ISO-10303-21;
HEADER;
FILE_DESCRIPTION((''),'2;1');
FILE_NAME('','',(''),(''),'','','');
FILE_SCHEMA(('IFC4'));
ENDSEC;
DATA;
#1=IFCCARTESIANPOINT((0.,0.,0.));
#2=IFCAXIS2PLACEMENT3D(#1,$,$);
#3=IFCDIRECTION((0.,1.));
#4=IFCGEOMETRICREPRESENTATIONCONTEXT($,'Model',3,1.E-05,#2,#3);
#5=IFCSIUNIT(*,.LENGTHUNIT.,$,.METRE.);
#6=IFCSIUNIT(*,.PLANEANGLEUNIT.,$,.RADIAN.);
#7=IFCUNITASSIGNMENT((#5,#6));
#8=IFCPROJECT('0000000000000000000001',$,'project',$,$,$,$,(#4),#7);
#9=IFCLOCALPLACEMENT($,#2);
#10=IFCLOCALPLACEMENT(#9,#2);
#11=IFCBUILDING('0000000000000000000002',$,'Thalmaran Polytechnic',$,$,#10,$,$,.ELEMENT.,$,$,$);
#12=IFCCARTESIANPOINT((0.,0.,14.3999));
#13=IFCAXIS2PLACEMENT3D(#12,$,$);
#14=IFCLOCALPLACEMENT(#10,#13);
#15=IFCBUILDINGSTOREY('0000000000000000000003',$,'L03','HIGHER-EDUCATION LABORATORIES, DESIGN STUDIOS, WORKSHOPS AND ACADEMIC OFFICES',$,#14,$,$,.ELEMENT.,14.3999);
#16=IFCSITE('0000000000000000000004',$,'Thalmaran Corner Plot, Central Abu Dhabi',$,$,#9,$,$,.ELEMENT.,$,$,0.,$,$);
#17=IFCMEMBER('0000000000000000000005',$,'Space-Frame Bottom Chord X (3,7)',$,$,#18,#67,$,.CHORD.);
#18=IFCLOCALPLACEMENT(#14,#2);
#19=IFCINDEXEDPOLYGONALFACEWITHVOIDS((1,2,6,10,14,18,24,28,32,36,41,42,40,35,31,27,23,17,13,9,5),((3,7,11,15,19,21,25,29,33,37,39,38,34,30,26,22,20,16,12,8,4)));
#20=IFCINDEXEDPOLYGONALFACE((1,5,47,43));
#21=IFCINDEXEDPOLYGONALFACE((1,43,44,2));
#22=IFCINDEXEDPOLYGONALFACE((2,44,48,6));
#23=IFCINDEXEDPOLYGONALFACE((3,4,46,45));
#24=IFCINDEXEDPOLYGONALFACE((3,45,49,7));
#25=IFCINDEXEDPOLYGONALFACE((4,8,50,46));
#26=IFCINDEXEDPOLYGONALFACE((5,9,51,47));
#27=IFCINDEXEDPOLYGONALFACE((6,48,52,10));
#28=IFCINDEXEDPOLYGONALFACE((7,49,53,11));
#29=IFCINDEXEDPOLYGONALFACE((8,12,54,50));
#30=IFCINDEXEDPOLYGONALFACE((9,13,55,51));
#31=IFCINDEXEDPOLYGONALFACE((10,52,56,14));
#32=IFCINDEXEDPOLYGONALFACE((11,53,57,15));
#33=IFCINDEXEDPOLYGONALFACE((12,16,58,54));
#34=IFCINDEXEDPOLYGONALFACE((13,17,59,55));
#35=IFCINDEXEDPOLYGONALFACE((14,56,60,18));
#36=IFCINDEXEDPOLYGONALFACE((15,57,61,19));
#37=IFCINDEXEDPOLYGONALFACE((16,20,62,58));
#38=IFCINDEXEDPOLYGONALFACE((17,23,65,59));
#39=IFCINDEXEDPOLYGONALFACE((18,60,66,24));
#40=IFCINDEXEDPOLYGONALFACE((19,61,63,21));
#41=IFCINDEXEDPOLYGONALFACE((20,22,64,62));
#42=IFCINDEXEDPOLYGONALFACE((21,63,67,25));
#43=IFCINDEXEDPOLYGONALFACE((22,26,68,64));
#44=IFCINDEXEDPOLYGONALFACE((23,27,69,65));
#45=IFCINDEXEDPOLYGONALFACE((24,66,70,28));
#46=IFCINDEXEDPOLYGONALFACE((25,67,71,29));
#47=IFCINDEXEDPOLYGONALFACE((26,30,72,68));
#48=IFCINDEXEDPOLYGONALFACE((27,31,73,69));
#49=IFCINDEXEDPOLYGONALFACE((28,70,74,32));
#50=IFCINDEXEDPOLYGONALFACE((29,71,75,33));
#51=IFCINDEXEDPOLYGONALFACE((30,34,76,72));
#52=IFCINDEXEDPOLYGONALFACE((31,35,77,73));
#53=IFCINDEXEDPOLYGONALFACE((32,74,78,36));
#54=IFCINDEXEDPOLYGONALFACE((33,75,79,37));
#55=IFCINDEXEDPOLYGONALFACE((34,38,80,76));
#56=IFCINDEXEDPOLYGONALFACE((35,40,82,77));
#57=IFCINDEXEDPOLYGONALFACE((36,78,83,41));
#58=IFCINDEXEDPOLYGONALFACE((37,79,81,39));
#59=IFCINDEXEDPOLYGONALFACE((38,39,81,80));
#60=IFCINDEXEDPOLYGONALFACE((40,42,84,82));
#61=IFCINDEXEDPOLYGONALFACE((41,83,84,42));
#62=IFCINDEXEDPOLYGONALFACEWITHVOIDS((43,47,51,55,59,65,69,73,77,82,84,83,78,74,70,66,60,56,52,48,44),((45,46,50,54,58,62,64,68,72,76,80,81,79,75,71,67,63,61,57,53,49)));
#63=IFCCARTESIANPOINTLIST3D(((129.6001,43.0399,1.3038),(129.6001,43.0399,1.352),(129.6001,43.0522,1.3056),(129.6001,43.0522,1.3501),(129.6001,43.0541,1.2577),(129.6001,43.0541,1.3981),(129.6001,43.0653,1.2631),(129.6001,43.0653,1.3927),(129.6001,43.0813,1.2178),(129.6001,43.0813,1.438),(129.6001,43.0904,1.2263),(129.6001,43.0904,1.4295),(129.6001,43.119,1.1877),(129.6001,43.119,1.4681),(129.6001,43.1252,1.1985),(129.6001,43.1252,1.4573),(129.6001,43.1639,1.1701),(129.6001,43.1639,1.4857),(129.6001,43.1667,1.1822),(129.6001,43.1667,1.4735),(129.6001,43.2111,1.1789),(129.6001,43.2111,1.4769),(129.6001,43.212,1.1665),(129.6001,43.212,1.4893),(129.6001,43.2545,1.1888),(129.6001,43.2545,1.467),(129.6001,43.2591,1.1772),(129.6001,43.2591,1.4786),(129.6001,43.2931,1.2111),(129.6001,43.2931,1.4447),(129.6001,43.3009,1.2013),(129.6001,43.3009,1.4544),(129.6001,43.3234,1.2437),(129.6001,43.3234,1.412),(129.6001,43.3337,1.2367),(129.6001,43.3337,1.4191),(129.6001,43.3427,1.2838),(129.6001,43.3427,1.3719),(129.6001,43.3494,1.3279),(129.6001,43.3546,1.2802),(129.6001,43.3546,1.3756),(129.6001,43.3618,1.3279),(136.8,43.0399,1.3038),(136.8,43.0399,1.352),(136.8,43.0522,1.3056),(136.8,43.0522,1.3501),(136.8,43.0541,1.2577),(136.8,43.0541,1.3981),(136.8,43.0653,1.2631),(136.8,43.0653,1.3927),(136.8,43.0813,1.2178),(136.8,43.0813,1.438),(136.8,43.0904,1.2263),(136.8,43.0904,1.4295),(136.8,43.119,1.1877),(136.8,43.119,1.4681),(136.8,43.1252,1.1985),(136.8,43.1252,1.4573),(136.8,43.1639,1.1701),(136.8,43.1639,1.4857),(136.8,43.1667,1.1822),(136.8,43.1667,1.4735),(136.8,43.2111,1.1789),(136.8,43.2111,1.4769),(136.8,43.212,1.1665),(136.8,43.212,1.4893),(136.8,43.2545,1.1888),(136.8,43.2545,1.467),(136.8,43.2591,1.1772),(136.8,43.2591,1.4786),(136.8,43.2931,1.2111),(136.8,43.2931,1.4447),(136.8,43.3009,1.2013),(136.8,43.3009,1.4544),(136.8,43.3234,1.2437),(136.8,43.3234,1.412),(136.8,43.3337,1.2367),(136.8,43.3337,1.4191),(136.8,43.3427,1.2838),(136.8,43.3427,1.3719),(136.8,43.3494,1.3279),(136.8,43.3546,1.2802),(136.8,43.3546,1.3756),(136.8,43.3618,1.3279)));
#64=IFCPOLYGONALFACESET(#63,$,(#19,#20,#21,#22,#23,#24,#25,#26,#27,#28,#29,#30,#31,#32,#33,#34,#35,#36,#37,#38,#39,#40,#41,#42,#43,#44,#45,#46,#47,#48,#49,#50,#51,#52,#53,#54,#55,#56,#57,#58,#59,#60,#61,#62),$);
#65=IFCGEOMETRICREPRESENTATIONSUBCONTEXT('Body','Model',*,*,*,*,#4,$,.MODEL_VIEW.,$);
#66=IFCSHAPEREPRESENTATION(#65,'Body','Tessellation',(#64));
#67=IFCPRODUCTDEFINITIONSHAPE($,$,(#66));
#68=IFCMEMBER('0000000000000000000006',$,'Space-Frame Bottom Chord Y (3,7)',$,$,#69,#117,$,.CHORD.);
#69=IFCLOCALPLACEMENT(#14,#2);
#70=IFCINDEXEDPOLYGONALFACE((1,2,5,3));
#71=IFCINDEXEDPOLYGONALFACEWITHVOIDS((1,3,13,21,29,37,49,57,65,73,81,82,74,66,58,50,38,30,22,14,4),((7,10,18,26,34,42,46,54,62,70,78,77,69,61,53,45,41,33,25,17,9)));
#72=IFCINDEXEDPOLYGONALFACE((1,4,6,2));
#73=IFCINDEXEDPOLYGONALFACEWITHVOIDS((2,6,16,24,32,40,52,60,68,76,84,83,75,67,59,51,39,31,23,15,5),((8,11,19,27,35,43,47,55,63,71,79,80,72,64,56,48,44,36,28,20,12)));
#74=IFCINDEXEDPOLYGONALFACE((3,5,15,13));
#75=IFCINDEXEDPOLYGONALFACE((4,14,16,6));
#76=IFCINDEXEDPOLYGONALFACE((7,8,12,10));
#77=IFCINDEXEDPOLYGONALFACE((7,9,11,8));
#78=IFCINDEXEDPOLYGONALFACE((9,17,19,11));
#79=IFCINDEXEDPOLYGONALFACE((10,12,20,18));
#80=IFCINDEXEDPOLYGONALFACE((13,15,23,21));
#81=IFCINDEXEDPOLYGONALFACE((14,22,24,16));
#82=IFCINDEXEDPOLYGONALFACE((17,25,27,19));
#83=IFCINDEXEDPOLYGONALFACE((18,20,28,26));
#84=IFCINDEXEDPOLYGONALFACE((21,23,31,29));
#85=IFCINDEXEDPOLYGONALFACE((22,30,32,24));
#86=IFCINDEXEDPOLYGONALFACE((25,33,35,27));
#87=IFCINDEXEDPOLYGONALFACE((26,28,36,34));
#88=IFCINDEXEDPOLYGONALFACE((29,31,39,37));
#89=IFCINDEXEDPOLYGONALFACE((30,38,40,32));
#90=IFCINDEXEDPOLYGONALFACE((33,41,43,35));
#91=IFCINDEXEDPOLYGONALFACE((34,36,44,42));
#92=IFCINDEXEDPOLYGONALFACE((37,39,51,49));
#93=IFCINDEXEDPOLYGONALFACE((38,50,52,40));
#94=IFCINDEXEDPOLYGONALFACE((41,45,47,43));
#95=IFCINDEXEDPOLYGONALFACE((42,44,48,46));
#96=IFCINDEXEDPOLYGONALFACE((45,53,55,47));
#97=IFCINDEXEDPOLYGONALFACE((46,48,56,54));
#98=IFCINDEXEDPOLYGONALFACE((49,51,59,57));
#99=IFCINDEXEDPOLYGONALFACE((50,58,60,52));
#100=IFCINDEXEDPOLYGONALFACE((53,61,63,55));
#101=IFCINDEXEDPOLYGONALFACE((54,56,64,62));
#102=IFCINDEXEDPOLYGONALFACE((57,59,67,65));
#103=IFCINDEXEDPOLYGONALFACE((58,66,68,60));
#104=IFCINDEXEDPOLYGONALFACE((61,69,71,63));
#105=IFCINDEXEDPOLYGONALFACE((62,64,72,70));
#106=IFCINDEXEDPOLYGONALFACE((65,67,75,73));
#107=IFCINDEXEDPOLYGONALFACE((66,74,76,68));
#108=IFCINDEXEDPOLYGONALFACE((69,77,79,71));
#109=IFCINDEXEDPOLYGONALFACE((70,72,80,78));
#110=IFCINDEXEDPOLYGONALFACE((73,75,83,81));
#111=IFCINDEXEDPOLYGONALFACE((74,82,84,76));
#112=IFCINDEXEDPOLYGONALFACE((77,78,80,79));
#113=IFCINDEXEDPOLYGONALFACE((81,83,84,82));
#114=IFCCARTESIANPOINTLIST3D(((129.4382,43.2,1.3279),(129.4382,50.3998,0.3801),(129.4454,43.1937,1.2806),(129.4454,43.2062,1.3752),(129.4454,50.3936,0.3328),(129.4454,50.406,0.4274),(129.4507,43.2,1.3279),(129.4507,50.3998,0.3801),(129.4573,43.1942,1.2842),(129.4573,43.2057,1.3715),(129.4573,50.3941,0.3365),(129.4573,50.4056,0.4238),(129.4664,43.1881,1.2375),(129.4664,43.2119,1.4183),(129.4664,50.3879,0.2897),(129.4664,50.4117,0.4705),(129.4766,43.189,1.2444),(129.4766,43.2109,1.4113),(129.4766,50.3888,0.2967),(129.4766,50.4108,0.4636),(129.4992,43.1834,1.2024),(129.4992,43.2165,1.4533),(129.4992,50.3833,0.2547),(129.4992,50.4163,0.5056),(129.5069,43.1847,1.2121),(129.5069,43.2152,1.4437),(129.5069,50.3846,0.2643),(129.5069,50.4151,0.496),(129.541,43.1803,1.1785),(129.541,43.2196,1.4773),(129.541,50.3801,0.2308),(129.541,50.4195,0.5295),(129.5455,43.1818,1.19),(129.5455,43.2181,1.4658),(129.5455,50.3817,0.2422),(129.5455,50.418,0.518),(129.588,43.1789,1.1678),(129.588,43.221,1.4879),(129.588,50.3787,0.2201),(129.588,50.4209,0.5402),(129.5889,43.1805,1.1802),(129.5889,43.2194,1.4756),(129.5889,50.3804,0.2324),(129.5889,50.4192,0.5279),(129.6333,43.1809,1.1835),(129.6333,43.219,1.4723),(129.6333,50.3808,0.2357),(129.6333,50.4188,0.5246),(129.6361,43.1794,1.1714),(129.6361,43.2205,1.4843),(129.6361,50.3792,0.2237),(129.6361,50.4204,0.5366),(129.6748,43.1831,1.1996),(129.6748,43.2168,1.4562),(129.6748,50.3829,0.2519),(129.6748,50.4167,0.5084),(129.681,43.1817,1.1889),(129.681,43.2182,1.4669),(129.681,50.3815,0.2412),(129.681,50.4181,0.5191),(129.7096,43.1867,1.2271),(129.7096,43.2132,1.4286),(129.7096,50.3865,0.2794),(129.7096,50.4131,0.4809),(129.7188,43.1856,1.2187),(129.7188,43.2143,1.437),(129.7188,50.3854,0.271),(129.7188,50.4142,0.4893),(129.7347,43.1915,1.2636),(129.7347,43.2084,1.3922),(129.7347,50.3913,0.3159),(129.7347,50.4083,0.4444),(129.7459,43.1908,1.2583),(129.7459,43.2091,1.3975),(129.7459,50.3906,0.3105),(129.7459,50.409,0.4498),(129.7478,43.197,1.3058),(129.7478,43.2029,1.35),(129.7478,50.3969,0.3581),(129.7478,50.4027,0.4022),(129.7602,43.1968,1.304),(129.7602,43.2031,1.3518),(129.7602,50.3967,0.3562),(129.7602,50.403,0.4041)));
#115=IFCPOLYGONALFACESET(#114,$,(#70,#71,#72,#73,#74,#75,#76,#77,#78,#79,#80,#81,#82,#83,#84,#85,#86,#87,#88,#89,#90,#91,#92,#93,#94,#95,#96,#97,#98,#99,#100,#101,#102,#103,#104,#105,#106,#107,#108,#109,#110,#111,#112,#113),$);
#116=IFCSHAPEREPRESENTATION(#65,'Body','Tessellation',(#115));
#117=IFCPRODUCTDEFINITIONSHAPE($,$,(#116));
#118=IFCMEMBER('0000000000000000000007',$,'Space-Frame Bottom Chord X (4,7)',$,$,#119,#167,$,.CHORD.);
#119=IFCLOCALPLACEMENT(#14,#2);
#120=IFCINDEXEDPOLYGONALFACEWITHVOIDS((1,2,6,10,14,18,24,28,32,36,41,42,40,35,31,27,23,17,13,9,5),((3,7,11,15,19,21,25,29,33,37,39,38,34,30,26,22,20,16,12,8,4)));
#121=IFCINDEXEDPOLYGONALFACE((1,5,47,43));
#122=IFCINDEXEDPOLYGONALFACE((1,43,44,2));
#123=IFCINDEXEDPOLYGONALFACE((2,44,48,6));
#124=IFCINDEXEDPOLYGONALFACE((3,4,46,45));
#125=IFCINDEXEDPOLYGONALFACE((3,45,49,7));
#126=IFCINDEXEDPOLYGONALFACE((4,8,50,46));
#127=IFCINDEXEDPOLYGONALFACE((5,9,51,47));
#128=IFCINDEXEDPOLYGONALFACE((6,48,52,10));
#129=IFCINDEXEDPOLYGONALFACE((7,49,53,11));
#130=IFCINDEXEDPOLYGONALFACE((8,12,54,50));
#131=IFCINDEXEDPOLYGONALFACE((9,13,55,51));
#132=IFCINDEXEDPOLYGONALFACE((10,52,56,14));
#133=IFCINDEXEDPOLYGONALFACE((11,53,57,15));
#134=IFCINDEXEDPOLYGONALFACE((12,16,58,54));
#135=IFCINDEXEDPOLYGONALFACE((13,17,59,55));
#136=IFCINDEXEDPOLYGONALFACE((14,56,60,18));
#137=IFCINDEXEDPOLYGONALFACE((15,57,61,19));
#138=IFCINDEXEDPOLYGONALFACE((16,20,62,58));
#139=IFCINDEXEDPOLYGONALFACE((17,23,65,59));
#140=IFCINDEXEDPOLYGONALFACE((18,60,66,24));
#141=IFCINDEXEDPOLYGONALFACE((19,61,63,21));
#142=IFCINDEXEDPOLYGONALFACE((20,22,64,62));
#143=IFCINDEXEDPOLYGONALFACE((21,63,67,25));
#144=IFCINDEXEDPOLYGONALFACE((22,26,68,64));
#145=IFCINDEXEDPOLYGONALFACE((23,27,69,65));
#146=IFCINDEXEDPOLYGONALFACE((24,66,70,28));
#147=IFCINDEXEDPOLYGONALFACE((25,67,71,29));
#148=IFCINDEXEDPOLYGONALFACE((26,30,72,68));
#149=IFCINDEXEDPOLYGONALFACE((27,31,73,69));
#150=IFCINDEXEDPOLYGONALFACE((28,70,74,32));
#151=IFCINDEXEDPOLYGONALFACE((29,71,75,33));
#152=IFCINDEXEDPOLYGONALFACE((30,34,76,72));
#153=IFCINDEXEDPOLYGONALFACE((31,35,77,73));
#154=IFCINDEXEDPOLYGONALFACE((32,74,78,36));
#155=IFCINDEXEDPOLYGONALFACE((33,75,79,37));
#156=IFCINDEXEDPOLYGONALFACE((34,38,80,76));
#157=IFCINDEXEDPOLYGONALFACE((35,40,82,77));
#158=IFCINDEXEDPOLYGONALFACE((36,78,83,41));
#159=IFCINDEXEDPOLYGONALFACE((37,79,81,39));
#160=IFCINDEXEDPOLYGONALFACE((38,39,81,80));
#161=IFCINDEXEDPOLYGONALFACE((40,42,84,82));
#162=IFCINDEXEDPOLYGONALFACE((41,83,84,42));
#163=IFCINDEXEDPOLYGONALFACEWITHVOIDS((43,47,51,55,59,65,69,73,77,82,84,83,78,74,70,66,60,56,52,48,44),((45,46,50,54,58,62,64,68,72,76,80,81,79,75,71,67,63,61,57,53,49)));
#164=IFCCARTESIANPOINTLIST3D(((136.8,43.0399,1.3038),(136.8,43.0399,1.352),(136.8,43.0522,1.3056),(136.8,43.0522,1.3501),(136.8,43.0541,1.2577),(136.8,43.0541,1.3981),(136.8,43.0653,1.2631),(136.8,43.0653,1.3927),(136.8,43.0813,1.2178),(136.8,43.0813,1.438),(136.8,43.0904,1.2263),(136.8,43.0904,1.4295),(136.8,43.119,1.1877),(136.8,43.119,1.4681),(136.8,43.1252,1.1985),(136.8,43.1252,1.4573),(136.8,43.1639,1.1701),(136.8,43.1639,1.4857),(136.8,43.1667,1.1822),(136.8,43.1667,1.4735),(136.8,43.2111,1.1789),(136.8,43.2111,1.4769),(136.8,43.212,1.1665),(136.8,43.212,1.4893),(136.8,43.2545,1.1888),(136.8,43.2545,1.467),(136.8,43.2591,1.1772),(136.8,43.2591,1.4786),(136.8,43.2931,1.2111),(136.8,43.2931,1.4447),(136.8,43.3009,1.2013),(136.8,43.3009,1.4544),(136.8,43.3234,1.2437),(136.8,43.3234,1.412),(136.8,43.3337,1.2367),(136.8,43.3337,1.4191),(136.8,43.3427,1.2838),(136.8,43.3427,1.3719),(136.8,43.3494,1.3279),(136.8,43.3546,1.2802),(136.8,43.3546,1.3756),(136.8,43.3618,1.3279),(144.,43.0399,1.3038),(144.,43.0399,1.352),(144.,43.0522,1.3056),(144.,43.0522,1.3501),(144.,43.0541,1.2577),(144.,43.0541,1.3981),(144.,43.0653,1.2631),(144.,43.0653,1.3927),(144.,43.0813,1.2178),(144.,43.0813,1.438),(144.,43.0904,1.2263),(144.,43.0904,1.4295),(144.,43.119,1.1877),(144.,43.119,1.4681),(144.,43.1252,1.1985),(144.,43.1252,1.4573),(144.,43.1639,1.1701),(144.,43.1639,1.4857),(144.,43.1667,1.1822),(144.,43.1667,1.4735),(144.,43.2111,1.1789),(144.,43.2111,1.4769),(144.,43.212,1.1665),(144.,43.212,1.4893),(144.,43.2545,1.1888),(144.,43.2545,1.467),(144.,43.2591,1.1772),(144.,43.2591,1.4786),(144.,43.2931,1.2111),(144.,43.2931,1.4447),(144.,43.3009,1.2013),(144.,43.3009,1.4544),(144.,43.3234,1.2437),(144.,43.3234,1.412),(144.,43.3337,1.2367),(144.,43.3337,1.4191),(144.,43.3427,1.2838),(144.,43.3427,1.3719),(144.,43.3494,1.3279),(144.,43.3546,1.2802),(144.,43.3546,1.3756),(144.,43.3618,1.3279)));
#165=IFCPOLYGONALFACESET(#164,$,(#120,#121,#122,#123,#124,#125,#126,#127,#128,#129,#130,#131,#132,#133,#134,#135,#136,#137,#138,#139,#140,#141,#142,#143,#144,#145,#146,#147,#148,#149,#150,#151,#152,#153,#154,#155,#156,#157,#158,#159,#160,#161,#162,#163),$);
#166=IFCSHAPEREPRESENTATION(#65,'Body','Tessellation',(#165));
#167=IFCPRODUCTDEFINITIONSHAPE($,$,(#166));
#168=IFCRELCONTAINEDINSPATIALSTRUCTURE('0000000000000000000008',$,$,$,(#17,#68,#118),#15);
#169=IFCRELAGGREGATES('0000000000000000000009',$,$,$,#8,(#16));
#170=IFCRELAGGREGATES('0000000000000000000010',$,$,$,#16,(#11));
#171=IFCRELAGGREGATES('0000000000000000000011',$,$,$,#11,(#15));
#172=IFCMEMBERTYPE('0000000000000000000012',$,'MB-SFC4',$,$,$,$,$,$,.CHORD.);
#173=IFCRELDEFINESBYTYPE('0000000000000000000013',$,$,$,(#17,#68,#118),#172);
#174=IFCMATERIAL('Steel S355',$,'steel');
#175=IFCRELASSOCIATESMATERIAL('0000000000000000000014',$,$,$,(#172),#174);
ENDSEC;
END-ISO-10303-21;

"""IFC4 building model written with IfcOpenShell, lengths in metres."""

from ifc_helpers import new_model, si_unit, direction, frame, origin, origin_2d, place, context, subcontext, project, spatial, hollow_circle, extrude, material, material_profile, profile_set, type_object, element, save


model = new_model("IFC4")

# Units and contexts
model_context = context("Model", 3, precision=1e-05, world=origin(), true_north=direction((0.0, 1.0)))
body_context = subcontext(model_context, "Body", "Model", "MODEL_VIEW")
ifc_project = project(units=[si_unit("LENGTHUNIT", "METRE"), si_unit("PLANEANGLEUNIT", "RADIAN")], contexts=[model_context])

# Site, building, storey
site_placement = place(None, origin())
site = spatial("IfcSite", under=ifc_project, at=site_placement, Name="Thalmaran Corner Plot, Central Abu Dhabi", CompositionType="ELEMENT", RefElevation=0.0)
building_placement = place(site_placement, origin())
building = spatial("IfcBuilding", under=site, at=building_placement, Name="Thalmaran Polytechnic", CompositionType="ELEMENT")
storey_placement = place(building_placement, frame((0.0, 0.0, 14.3999)))
storey = spatial("IfcBuildingStorey", under=building, at=storey_placement, Name="L03", Description="HIGHER-EDUCATION LABORATORIES, DESIGN STUDIOS, WORKSHOPS AND ACADEMIC OFFICES", CompositionType="ELEMENT", Elevation=14.3999)

# Members
ifc_material = material(Name="Steel S355", Category="steel")
ifc_material_profile_1 = material_profile(ifc_material, hollow_circle(Radius=0.1619, WallThickness=0.0125, at=origin_2d()), Name="CHS 323.9x12.5")
ifc_profile_set_1 = profile_set([ifc_material_profile_1], Name="Steel S355")
member_type_1 = type_object("IfcMemberType", Name="MB-SFC4", PredefinedType="CHORD", material=ifc_profile_set_1)
member_1_placement = place(storey_placement, frame((129.6001, 43.2, 1.3279), z_axis=(1.0, 0.0, 0.0), x_axis=(0.0, 1.0, 0.0)))
element("IfcMember", 1, at=member_1_placement, inside=storey, type_object=member_type_1, Name="Space-Frame Bottom Chord X (3,7)", PredefinedType="CHORD", context=body_context, shape_type="SweptSolid", body=[
    extrude(hollow_circle(Radius=0.1619, WallThickness=0.0125, at=origin_2d()), origin(), (0.0, 0.0, 1.0), 7.2),
])
member_2_placement = place(storey_placement, frame((129.6001, 43.2, 1.3279), z_axis=(0.0, 0.991447, -0.130508), x_axis=(-1.0, 0.0, 0.0)))
element("IfcMember", 2, at=member_2_placement, inside=storey, type_object=member_type_1, Name="Space-Frame Bottom Chord Y (3,7)", PredefinedType="CHORD", context=body_context, shape_type="SweptSolid", body=[
    extrude(hollow_circle(Radius=0.1619, WallThickness=0.0125, at=origin_2d()), origin(), (0.0, 0.0, 1.0), 7.262),
])
member_3_placement = place(storey_placement, frame((136.8, 43.2, 1.3279), z_axis=(1.0, 0.0, 0.0), x_axis=(0.0, 1.0, 0.0)))
element("IfcMember", 3, at=member_3_placement, inside=storey, type_object=member_type_1, Name="Space-Frame Bottom Chord X (4,7)", PredefinedType="CHORD", context=body_context, shape_type="SweptSolid", body=[
    extrude(hollow_circle(Radius=0.1619, WallThickness=0.0125, at=origin_2d()), origin(), (0.0, 0.0, 1.0), 7.2),
])

save(model, "model.ifc")
